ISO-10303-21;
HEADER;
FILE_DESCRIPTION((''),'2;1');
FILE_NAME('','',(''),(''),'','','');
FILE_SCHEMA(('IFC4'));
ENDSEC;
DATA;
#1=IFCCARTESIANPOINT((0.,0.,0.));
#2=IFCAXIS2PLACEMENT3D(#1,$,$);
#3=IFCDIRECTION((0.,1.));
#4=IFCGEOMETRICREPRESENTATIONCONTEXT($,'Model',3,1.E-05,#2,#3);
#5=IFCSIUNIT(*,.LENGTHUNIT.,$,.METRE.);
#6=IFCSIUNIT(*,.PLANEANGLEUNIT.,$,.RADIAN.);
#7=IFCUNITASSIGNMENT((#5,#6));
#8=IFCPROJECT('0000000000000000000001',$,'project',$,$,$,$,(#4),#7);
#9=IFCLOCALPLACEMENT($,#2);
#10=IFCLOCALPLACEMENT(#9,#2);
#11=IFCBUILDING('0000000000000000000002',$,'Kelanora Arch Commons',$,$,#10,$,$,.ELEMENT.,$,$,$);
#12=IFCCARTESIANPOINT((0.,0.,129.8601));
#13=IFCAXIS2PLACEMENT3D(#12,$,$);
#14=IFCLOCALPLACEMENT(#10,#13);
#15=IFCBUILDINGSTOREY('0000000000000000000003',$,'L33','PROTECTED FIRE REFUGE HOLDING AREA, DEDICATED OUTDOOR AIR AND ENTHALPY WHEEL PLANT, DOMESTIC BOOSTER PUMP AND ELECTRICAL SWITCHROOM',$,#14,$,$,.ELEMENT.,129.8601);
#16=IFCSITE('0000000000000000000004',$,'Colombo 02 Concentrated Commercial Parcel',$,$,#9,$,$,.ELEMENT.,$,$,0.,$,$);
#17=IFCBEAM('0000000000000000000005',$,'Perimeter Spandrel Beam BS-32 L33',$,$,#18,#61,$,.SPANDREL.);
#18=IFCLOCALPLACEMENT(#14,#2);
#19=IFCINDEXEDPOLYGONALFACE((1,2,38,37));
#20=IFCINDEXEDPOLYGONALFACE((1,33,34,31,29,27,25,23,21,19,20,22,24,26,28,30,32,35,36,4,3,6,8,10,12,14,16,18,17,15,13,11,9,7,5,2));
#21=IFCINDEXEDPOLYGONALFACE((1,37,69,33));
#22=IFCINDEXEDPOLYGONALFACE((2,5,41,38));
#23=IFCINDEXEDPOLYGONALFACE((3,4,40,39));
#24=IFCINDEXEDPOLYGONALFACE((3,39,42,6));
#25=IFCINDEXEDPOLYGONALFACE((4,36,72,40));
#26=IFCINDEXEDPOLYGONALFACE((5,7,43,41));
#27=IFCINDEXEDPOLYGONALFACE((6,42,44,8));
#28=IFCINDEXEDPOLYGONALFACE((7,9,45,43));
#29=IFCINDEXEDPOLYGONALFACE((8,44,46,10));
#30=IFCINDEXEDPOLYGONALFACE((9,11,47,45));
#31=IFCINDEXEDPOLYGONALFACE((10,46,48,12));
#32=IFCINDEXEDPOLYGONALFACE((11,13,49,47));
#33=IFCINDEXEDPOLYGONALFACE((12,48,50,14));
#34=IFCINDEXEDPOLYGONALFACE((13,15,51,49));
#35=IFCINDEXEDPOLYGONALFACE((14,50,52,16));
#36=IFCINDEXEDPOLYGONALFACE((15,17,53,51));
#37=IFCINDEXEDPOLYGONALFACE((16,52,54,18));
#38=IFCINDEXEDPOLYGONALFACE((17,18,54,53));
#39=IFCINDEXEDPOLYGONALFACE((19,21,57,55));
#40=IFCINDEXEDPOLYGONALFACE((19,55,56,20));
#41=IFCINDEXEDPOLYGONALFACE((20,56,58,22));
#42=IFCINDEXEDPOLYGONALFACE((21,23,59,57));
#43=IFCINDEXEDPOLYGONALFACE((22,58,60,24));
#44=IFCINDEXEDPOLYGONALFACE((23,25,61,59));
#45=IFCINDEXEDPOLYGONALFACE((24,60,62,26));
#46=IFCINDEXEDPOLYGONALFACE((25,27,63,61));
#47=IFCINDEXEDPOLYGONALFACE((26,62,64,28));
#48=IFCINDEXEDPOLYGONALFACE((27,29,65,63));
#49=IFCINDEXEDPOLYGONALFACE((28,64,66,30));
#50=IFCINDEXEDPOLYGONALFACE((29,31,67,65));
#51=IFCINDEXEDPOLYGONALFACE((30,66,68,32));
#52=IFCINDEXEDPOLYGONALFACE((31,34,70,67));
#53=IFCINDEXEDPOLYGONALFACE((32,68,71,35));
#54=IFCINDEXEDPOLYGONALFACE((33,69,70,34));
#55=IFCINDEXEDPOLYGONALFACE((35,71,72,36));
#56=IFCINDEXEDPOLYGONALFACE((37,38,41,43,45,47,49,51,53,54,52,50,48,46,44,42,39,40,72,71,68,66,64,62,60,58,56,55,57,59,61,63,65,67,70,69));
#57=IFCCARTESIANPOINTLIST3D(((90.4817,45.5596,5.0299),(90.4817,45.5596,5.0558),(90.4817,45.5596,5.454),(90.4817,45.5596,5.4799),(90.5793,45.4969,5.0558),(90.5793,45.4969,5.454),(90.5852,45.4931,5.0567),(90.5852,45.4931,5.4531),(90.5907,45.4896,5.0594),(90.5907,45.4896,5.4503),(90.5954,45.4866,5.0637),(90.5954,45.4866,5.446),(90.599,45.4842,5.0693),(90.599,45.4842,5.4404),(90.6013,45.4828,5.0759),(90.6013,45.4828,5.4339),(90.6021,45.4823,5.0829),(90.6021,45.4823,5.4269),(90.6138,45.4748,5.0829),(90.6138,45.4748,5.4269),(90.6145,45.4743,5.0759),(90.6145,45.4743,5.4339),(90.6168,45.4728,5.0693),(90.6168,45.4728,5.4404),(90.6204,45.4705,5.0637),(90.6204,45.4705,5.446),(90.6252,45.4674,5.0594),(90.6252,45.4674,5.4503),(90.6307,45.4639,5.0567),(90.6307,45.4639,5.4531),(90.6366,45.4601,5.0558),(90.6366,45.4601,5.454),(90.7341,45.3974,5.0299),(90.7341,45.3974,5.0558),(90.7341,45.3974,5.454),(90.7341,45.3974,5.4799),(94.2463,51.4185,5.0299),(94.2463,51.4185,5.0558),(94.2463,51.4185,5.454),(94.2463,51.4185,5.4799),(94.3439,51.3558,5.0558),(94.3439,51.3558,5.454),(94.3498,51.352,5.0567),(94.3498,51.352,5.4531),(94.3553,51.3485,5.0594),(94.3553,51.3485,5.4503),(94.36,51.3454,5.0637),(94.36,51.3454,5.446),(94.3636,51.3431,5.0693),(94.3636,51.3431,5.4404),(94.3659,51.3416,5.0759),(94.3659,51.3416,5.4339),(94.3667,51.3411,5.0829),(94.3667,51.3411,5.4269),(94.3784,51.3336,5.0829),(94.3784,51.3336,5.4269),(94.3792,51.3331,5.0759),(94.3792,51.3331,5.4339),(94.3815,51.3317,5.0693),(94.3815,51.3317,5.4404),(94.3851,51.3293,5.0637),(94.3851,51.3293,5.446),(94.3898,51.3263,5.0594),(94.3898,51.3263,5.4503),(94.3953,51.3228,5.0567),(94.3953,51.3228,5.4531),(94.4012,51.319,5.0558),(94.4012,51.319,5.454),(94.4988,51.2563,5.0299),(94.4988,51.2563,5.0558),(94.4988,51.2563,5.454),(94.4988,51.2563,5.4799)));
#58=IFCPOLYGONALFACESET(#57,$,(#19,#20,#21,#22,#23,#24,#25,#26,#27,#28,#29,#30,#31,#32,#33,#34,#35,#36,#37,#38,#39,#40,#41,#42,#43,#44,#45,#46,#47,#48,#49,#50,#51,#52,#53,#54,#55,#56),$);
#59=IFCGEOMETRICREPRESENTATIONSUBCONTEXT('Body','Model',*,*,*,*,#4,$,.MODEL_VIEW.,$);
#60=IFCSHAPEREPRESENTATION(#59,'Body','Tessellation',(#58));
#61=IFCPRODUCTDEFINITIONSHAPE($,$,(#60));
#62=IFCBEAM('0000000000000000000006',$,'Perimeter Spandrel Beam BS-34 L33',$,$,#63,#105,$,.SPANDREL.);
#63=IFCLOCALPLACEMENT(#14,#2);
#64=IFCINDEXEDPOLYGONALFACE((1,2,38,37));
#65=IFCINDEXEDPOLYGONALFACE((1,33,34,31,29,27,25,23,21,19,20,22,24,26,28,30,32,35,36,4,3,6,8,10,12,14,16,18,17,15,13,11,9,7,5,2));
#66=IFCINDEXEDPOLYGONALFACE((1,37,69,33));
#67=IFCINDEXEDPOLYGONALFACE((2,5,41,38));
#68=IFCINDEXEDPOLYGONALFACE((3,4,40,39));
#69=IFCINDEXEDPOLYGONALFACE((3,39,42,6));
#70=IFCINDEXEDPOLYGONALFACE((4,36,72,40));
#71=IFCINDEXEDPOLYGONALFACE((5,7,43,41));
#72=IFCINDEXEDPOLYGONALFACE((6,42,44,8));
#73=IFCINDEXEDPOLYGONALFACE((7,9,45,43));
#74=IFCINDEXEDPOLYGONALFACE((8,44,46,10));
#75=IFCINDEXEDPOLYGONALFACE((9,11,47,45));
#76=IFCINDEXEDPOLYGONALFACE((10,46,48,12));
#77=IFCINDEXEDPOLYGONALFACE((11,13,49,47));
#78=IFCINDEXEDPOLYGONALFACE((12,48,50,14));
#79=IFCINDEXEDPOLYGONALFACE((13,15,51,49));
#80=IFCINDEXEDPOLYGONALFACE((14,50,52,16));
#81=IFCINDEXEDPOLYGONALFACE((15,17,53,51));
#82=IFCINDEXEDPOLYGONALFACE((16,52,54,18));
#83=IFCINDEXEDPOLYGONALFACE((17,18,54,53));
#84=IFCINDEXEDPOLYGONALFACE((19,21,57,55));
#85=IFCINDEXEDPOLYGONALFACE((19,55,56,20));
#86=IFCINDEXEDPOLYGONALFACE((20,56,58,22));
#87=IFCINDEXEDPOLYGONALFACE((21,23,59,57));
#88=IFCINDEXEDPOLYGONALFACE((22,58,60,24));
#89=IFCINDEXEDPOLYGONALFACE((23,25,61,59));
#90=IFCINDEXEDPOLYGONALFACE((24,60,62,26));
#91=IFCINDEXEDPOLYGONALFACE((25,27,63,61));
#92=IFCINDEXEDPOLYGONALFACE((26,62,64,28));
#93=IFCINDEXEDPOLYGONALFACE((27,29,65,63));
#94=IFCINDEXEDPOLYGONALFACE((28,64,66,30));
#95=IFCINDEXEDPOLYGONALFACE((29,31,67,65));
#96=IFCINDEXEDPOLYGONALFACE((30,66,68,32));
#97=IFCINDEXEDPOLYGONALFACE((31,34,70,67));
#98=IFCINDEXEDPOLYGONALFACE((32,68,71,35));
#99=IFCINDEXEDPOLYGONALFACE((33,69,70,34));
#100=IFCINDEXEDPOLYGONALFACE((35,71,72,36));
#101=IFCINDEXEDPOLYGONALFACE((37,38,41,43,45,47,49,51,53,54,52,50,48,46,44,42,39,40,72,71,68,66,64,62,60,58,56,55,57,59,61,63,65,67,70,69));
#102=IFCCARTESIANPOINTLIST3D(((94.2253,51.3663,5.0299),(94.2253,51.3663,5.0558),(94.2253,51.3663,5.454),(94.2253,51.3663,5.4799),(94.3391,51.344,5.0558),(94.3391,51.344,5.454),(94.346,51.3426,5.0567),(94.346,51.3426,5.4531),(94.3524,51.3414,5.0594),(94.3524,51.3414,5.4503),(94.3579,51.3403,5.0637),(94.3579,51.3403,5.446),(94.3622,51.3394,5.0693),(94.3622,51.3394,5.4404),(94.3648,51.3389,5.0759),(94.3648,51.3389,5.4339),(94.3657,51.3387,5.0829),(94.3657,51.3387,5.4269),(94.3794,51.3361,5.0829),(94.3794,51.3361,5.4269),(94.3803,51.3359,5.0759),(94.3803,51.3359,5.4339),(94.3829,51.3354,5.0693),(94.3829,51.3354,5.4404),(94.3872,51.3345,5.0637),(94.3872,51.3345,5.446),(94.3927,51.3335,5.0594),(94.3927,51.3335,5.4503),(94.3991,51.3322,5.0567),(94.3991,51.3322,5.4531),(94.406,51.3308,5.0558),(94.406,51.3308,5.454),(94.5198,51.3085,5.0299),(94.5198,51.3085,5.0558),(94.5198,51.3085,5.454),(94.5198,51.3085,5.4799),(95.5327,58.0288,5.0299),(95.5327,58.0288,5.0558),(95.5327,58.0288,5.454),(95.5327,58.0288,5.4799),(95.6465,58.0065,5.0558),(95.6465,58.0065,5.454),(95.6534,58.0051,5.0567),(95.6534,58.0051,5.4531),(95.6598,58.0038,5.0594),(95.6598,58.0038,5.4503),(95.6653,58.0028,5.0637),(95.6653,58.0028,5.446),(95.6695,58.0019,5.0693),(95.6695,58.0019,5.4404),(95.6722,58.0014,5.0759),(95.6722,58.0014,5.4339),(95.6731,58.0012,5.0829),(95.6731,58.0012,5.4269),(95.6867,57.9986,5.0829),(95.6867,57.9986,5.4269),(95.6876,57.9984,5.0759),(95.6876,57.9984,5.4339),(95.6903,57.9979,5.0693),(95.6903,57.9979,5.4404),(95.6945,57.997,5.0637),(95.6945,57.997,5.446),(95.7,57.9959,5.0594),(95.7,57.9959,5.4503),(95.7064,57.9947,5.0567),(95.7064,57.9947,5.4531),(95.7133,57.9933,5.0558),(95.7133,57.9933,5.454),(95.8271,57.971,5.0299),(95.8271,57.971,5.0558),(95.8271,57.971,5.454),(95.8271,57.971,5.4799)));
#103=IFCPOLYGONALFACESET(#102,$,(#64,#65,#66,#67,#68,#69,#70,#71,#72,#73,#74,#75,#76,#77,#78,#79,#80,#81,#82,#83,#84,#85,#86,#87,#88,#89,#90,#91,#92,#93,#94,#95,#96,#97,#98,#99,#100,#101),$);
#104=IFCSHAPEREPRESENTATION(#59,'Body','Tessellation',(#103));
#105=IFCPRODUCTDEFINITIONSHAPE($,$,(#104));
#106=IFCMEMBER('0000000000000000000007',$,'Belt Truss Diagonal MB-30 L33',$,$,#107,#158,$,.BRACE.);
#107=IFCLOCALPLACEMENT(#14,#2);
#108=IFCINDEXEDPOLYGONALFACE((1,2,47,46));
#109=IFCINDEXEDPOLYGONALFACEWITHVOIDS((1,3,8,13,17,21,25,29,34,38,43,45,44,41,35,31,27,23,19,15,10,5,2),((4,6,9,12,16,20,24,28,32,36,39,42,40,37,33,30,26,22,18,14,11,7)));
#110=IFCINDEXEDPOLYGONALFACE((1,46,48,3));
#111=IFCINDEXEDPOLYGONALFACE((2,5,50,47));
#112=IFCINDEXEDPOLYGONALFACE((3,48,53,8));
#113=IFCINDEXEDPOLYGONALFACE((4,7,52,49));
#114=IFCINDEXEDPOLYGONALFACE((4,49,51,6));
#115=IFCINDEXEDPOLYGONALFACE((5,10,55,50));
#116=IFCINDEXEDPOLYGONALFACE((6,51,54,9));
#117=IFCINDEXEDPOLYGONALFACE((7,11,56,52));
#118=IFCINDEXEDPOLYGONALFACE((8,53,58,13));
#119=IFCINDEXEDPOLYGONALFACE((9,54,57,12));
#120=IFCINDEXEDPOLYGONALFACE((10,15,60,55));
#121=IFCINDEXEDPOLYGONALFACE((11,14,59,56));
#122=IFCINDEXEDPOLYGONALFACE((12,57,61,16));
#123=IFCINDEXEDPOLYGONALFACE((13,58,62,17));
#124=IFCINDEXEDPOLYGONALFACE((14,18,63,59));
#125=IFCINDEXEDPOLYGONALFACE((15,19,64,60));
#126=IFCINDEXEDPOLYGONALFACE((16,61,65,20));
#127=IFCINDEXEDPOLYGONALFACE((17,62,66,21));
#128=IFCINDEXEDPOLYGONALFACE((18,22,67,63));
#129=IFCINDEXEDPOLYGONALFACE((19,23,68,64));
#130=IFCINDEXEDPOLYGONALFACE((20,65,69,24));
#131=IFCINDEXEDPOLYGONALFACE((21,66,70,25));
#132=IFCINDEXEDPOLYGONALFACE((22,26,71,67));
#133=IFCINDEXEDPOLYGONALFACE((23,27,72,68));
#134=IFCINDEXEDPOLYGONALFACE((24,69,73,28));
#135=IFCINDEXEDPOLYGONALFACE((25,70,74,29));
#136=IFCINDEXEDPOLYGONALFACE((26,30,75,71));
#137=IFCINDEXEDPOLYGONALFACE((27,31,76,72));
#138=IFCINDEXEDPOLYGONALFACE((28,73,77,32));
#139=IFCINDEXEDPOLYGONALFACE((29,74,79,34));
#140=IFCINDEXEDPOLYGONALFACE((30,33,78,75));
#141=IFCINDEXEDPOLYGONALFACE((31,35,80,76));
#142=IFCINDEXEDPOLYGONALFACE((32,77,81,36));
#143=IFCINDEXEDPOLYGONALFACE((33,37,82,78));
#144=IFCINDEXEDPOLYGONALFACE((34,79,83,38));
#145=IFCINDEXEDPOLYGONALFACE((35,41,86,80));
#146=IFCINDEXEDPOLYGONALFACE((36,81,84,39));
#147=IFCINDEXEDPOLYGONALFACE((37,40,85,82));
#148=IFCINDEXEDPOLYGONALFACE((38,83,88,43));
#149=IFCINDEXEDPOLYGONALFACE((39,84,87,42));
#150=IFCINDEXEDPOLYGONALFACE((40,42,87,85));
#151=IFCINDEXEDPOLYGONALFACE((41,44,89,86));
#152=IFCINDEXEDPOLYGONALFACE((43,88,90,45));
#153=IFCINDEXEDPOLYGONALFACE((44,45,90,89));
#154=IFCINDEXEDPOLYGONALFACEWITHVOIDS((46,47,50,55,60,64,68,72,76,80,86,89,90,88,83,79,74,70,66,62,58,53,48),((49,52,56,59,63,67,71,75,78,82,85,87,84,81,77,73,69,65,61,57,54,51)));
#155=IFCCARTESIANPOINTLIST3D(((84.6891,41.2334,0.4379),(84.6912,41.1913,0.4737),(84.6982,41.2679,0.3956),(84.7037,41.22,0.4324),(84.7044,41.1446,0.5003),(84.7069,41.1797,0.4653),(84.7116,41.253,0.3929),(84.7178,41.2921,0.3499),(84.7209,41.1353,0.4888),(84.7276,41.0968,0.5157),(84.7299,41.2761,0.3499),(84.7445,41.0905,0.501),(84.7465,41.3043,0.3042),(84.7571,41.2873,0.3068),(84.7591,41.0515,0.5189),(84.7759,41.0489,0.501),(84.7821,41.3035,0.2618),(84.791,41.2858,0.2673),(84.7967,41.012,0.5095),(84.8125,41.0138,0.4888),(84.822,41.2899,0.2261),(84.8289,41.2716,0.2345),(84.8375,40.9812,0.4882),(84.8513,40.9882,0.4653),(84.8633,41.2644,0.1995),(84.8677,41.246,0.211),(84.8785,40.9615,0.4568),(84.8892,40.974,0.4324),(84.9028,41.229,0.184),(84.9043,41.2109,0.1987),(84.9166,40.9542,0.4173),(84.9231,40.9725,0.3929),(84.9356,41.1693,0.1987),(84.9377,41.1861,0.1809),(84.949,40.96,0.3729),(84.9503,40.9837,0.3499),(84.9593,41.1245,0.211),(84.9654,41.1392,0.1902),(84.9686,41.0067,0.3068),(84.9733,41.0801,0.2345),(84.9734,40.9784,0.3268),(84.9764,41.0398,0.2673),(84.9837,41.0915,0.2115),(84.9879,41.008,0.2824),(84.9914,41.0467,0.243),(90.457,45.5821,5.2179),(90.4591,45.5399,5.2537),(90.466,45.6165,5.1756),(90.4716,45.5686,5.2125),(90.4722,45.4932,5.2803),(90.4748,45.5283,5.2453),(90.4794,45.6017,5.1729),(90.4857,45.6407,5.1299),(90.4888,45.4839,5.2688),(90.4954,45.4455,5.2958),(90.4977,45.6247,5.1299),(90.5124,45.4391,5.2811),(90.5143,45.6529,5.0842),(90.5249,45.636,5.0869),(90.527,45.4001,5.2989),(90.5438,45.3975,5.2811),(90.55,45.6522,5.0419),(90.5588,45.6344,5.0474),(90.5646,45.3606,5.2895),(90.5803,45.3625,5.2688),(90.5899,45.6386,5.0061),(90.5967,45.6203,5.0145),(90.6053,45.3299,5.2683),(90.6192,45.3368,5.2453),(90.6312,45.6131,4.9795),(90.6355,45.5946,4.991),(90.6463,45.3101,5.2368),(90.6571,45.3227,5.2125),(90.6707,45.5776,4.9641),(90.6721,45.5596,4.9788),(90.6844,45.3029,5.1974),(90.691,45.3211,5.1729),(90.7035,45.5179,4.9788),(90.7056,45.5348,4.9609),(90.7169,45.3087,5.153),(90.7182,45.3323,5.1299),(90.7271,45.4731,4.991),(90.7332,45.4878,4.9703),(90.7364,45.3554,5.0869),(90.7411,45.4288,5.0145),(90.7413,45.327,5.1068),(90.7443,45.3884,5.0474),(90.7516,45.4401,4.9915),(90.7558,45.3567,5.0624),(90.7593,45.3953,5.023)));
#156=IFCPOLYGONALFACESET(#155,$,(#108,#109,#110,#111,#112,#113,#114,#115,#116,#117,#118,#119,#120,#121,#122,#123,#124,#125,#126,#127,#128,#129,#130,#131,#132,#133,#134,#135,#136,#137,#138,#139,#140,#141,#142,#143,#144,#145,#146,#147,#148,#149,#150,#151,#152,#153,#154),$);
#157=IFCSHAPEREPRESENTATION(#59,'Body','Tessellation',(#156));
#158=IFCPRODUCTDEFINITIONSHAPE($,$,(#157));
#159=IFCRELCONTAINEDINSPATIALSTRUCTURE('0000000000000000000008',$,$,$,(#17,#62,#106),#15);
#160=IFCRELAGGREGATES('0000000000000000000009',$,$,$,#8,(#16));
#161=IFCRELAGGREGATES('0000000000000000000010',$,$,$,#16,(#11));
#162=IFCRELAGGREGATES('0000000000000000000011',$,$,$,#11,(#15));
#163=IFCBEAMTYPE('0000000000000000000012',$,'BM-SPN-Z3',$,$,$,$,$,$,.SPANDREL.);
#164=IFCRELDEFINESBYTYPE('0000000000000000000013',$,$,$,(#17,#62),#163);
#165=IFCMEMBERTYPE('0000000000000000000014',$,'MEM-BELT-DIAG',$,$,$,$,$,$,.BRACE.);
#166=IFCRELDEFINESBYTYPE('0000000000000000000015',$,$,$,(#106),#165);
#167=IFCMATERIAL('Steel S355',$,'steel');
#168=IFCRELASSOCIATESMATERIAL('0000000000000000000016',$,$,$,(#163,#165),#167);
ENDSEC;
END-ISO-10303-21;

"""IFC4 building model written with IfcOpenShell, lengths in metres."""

from ifc_helpers import new_model, si_unit, direction, frame, origin, origin_2d, place, context, subcontext, project, spatial, hollow_circle, i_section, extrude, material, material_profile, profile_set, type_object, element, save


model = new_model("IFC4")

# Units and contexts
model_context = context("Model", 3, precision=1e-05, world=origin(), true_north=direction((0.0, 1.0)))
body_context = subcontext(model_context, "Body", "Model", "MODEL_VIEW")
ifc_project = project(units=[si_unit("LENGTHUNIT", "METRE"), si_unit("PLANEANGLEUNIT", "RADIAN")], contexts=[model_context])

# Site, building, storey
site_placement = place(None, origin())
site = spatial("IfcSite", under=ifc_project, at=site_placement, Name="Colombo 02 Concentrated Commercial Parcel", CompositionType="ELEMENT", RefElevation=0.0)
building_placement = place(site_placement, origin())
building = spatial("IfcBuilding", under=site, at=building_placement, Name="Kelanora Arch Commons", CompositionType="ELEMENT")
storey_placement = place(building_placement, frame((0.0, 0.0, 129.8601)))
storey = spatial("IfcBuildingStorey", under=building, at=storey_placement, Name="L33", Description="PROTECTED FIRE REFUGE HOLDING AREA, DEDICATED OUTDOOR AIR AND ENTHALPY WHEEL PLANT, DOMESTIC BOOSTER PUMP AND ELECTRICAL SWITCHROOM", CompositionType="ELEMENT", Elevation=129.8601)

# Beams
ifc_material_1 = material(Name="Steel S355", Category="steel")
ifc_material_profile_1 = material_profile(ifc_material_1, i_section(OverallWidth=0.3, OverallDepth=0.45, WebThickness=0.0139, FlangeThickness=0.0259, FilletRadius=0.0271, at=origin_2d()), Name="HEB450")
ifc_profile_set_1 = profile_set([ifc_material_profile_1], Name="Steel S355")
beam_type_1 = type_object("IfcBeamType", Name="BM-SPN-Z3", PredefinedType="SPANDREL", material=ifc_profile_set_1)
beam_1_placement = place(storey_placement, frame((90.6079, 45.4785, 5.2549), z_axis=(0.540577, 0.841295, 0.0), x_axis=(-0.841295, 0.540577, 0.0)))
element("IfcBeam", 1, at=beam_1_placement, inside=storey, type_object=beam_type_1, Name="Perimeter Spandrel Beam BS-32 L33", PredefinedType="SPANDREL", context=body_context, shape_type="SweptSolid", body=[
    extrude(i_section(OverallWidth=0.3, OverallDepth=0.45, WebThickness=0.0139, FlangeThickness=0.0259, FilletRadius=0.0271, at=origin_2d()), origin(), (0.0, 0.0, 1.0), 6.9641),
])
beam_2_placement = place(storey_placement, frame((94.3726, 51.3374, 5.2549), z_axis=(0.192554, 0.981286, 0.0), x_axis=(-0.981286, 0.192554, 0.0)))
element("IfcBeam", 2, at=beam_2_placement, inside=storey, type_object=beam_type_1, Name="Perimeter Spandrel Beam BS-34 L33", PredefinedType="SPANDREL", context=body_context, shape_type="SweptSolid", body=[
    extrude(i_section(OverallWidth=0.3, OverallDepth=0.45, WebThickness=0.0139, FlangeThickness=0.0259, FilletRadius=0.0271, at=origin_2d()), origin(), (0.0, 0.0, 1.0), 6.7896),
])

# Member
ifc_material_profile_2 = material_profile(ifc_material_1, hollow_circle(Radius=0.2031, WallThickness=0.02, at=origin_2d()), Name="CHS406.4x20")
ifc_profile_set_2 = profile_set([ifc_material_profile_2], Name="Steel S355")
member_type_1 = type_object("IfcMemberType", Name="MEM-BELT-DIAG", PredefinedType="BRACE", material=ifc_profile_set_2)
member_1_placement = place(storey_placement, frame((84.8401, 41.1299, 0.3499), z_axis=(0.665891, 0.502046, 0.551851), x_axis=(-0.602015, 0.798485, 0.0)))
element("IfcMember", 3, at=member_1_placement, inside=storey, type_object=member_type_1, Name="Belt Truss Diagonal MB-30 L33", PredefinedType="BRACE", context=body_context, shape_type="SweptSolid", body=[
    extrude(hollow_circle(Radius=0.2031, WallThickness=0.02, at=origin_2d()), origin(), (0.0, 0.0, 1.0), 8.6619),
])

save(model, "model.ifc")
